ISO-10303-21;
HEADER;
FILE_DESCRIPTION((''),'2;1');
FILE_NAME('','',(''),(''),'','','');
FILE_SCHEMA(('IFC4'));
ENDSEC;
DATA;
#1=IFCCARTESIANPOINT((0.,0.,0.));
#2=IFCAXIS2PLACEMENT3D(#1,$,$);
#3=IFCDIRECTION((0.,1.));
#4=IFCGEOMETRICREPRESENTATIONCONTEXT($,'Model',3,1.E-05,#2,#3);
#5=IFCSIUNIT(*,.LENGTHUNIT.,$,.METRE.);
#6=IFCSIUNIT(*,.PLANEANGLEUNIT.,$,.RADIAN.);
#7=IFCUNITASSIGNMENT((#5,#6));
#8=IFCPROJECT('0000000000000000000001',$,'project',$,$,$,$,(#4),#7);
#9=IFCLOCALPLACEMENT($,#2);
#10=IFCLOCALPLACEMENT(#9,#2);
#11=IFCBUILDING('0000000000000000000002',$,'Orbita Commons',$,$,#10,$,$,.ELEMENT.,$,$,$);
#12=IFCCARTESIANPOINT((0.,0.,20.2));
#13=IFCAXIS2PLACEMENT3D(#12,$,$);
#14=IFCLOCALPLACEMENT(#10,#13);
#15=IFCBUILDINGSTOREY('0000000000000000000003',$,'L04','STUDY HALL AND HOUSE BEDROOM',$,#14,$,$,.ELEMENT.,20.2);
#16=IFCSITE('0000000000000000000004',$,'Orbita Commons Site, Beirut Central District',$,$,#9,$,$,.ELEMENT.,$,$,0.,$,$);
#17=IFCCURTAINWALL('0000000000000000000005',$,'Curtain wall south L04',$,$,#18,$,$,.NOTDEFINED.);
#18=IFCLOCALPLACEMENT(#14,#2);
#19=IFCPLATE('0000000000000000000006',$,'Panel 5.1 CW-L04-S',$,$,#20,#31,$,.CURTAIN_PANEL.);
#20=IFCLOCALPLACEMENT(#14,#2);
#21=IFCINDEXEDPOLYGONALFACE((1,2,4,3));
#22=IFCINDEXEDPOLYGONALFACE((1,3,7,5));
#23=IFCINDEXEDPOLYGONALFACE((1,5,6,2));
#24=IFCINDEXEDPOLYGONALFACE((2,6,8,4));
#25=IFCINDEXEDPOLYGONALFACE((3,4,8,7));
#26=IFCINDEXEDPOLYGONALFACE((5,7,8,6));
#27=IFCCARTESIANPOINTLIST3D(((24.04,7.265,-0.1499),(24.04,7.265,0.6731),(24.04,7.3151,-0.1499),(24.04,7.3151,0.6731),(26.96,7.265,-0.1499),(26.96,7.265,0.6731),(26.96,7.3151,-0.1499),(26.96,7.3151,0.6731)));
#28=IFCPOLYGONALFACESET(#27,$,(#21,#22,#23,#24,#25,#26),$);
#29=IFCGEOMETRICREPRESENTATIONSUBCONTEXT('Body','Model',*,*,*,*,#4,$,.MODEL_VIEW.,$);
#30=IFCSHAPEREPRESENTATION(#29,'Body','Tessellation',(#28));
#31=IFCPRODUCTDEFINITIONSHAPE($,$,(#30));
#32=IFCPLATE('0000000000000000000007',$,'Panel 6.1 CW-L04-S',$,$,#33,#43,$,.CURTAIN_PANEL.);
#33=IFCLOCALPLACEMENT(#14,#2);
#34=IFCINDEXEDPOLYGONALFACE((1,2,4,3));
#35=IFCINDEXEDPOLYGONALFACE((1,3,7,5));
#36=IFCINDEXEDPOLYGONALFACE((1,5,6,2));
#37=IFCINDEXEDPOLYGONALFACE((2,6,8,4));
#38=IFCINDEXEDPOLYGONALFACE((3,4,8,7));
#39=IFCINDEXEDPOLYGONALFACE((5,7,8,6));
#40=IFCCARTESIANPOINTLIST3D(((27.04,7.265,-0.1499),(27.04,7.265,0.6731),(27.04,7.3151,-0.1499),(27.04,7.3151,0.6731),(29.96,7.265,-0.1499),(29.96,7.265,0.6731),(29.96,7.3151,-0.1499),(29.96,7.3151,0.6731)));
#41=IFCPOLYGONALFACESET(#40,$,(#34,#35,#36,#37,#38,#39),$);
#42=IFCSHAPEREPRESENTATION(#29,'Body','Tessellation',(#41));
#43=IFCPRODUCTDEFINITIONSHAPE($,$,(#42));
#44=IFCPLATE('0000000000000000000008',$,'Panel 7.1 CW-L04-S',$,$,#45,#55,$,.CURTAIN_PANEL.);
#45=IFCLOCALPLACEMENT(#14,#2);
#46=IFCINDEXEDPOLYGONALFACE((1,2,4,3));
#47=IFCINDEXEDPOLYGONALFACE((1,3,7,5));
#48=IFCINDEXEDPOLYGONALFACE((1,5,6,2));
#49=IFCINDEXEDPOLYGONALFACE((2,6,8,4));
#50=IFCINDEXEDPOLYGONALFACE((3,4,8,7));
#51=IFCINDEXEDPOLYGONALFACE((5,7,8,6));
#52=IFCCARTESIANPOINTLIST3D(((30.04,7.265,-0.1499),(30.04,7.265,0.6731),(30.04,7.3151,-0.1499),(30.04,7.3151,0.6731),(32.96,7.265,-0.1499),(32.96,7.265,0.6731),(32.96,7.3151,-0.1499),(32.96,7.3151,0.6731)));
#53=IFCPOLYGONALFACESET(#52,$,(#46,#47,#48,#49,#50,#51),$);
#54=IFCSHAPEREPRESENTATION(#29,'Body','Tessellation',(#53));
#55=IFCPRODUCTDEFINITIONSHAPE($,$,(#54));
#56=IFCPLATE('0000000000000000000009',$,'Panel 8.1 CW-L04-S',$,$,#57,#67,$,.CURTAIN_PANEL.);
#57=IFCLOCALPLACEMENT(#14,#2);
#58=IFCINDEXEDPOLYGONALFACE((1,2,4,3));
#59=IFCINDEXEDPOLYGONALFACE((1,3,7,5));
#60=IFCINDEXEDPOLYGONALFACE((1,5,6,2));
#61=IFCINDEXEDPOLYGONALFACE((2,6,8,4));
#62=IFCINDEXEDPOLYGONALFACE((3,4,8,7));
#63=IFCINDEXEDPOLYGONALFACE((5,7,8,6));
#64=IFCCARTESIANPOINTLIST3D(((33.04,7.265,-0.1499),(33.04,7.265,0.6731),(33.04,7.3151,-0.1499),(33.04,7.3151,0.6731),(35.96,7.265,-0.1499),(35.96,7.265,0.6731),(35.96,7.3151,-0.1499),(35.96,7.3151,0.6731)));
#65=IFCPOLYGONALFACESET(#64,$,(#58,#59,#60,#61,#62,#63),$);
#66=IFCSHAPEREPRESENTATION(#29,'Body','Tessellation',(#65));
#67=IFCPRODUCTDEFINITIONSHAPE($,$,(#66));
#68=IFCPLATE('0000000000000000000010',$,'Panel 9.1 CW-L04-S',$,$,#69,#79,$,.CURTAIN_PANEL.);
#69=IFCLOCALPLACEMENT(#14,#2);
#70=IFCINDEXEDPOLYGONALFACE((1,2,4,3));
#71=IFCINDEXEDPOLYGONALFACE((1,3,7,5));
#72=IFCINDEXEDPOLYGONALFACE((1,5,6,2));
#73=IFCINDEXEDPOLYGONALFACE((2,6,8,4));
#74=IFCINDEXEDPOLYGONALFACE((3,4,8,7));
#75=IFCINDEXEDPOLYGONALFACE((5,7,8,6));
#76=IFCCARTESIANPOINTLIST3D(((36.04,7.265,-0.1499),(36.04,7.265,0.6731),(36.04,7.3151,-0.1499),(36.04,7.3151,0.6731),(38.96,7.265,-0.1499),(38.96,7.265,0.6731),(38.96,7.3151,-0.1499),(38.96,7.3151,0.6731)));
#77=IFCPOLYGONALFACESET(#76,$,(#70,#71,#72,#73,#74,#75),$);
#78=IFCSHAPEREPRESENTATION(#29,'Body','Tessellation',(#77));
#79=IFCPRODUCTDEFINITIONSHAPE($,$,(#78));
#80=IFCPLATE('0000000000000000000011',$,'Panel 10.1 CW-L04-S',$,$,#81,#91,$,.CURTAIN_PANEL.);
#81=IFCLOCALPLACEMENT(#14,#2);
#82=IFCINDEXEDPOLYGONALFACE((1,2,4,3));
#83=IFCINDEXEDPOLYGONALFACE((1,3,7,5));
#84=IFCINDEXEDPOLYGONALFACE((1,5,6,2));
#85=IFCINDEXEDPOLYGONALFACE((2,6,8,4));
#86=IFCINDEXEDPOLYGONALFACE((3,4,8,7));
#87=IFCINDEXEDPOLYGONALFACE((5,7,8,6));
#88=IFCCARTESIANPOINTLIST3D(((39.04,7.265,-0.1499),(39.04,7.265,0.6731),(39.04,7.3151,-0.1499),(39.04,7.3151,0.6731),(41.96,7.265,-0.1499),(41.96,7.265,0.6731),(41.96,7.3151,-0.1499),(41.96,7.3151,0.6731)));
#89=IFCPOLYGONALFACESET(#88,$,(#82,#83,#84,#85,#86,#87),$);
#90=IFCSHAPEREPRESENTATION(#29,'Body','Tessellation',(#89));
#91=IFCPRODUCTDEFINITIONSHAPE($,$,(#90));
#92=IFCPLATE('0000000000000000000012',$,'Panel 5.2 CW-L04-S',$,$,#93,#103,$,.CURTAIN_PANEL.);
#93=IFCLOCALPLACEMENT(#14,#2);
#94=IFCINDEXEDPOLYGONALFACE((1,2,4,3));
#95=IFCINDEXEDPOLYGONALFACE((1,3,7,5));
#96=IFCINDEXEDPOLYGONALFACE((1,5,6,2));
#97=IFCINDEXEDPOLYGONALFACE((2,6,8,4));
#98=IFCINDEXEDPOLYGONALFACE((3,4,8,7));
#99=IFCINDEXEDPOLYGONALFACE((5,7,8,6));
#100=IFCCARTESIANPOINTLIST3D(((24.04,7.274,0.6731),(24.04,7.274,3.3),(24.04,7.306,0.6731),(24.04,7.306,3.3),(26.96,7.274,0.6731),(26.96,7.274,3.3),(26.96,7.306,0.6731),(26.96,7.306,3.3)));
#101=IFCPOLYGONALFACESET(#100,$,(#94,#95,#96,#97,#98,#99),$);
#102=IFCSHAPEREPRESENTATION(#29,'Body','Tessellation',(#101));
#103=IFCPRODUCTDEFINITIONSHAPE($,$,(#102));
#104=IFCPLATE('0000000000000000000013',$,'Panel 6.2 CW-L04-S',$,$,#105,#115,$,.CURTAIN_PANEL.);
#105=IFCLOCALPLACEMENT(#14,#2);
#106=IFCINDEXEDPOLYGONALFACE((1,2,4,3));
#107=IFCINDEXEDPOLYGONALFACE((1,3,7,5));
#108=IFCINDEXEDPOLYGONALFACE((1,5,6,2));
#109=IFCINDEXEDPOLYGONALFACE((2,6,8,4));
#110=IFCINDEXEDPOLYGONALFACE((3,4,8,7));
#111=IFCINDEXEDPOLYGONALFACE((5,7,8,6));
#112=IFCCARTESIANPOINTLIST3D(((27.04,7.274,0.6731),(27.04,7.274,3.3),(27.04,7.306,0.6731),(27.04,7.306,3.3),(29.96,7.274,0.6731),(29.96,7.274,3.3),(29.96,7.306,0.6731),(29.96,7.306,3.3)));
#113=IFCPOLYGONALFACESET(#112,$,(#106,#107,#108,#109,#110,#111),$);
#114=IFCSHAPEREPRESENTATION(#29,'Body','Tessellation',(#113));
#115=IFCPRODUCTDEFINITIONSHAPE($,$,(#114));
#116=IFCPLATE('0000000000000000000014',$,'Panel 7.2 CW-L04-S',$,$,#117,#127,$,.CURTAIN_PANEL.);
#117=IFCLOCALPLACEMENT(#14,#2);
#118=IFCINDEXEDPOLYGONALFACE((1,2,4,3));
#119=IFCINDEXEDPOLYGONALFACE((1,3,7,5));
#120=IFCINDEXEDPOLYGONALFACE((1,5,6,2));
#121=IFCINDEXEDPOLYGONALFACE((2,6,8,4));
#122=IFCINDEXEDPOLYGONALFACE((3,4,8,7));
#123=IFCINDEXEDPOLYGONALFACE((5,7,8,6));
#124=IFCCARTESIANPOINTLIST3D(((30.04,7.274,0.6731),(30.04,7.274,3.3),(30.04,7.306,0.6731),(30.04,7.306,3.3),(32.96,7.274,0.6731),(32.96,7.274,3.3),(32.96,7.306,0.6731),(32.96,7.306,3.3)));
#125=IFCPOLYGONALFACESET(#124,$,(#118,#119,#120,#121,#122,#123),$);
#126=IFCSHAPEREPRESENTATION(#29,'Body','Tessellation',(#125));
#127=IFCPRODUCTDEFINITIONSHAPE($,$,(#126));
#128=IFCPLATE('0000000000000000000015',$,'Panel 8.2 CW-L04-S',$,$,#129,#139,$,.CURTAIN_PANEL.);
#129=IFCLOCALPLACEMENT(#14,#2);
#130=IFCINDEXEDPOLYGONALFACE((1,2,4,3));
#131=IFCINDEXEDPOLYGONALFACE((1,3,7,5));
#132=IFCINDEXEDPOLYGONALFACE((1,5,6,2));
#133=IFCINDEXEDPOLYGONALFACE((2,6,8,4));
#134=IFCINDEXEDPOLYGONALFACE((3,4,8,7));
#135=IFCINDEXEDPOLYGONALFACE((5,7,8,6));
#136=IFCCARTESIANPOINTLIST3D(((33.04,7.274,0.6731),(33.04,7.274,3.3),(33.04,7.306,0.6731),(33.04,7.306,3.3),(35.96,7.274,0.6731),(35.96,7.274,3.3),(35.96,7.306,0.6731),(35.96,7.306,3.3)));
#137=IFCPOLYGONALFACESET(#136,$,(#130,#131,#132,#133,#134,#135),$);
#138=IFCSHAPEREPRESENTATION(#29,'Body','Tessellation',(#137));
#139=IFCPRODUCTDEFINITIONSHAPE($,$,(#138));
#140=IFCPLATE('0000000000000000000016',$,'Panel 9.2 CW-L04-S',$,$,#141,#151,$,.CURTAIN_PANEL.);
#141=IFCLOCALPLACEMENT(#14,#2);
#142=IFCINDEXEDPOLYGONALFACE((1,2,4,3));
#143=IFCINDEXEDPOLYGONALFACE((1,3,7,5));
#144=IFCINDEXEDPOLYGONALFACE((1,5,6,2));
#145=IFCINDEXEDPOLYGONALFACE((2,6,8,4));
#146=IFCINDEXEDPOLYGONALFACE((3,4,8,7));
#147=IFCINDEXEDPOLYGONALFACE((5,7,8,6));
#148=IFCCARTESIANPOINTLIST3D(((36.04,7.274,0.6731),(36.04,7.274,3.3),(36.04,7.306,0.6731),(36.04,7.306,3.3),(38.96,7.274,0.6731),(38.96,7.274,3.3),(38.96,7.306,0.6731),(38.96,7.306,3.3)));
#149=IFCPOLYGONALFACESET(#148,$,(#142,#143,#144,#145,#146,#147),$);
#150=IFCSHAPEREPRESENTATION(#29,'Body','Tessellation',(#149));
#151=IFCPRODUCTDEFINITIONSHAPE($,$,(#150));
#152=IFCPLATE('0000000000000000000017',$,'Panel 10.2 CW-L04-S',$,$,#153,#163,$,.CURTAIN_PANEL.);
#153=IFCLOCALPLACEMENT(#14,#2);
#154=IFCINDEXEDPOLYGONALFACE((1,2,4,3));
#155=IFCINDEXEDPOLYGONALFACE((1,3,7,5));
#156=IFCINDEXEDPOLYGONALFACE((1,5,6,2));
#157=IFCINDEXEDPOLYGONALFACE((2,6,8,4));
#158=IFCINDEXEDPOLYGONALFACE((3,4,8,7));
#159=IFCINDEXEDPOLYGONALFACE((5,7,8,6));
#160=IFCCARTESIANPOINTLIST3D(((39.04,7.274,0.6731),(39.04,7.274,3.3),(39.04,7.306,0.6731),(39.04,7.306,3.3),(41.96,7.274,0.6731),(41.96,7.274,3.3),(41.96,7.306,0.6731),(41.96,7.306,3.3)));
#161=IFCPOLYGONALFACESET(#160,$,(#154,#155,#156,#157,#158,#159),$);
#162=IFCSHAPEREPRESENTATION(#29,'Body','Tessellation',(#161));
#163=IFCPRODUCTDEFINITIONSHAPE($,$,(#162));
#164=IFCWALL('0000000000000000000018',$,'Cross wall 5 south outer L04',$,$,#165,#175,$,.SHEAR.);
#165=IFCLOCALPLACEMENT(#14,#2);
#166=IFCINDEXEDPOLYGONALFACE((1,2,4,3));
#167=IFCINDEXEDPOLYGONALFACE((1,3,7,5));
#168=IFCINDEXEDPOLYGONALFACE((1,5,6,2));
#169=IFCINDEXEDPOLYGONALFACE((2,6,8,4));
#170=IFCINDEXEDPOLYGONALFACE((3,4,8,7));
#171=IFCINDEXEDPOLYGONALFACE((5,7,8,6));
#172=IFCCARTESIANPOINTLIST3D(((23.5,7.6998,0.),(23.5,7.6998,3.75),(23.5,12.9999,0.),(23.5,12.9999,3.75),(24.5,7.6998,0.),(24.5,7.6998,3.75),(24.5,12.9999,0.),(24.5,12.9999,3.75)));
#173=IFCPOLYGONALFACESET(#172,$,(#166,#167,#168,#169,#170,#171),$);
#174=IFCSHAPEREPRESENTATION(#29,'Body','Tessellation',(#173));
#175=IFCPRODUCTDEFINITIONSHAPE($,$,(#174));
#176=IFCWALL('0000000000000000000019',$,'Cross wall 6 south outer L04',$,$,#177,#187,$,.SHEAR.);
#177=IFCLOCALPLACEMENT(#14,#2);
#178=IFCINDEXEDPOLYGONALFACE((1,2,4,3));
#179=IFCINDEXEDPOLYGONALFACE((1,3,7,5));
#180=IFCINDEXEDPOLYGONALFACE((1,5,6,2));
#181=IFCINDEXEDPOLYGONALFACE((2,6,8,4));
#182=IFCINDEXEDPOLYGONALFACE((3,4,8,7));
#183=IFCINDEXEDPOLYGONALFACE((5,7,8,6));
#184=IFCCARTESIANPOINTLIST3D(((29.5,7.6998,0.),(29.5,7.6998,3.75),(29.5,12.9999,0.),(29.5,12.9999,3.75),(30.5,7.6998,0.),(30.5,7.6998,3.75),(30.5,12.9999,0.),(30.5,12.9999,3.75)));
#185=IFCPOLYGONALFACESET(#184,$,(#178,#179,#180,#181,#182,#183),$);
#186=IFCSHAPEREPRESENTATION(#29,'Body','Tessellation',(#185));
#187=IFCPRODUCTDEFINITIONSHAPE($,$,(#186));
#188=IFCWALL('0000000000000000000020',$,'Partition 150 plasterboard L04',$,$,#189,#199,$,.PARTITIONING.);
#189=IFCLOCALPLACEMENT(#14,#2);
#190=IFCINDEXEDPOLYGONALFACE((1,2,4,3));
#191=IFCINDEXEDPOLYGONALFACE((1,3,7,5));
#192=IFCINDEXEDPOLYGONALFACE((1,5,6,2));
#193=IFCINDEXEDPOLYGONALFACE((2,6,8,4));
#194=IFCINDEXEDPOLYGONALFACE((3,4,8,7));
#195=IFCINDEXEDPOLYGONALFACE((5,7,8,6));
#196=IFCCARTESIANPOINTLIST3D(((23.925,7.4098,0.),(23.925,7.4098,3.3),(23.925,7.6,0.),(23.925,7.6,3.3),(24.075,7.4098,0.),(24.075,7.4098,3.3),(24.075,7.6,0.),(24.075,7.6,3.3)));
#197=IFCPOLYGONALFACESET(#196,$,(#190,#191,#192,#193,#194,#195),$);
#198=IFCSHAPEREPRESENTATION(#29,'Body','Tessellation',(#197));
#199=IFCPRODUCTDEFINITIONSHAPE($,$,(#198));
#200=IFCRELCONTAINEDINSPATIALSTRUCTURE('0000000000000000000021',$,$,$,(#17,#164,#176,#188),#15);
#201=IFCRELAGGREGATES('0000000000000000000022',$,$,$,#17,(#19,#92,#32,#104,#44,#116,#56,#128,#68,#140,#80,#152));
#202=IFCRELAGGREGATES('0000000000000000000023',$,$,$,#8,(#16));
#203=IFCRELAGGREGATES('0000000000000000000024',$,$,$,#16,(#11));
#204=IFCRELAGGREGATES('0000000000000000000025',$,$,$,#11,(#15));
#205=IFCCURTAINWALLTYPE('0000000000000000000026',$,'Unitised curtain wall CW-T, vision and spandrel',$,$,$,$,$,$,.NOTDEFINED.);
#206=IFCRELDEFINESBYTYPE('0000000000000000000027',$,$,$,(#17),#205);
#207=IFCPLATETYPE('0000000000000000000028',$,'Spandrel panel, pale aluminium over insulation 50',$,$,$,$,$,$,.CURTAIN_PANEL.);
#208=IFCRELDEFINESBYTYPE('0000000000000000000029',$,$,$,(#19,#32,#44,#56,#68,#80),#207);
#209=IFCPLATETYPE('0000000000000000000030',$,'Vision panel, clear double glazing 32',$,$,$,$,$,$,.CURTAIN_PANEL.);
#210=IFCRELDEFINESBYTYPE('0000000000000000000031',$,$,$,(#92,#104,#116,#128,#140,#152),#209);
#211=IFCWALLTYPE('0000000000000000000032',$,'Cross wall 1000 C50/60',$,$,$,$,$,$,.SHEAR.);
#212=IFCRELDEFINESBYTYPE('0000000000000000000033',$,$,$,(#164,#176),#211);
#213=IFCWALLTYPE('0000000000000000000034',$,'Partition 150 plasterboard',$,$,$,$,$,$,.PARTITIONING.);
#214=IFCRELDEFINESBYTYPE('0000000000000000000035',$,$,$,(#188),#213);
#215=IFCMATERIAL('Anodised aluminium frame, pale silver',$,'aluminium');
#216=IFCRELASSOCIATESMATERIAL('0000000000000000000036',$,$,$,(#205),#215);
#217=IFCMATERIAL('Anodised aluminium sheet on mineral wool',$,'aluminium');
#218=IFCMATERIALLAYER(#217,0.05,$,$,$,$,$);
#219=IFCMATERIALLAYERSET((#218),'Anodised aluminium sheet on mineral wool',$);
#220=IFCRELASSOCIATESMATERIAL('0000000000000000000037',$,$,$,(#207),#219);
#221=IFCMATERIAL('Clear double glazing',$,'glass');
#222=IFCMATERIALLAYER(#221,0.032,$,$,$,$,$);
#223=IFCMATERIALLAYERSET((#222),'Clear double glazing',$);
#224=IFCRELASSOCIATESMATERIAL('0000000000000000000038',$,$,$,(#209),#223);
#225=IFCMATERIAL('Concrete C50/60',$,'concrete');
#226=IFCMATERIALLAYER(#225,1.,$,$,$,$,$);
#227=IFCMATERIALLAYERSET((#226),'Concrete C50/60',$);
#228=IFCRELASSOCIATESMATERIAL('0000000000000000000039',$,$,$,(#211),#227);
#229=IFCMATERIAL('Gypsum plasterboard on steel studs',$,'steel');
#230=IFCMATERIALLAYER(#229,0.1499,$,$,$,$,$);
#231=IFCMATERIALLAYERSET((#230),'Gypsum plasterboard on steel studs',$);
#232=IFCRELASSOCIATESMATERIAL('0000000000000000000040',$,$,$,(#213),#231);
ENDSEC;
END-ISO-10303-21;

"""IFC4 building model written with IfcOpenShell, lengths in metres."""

from ifc_helpers import new_model, si_unit, direction, frame, frame_2d, origin, origin_2d, place, context, subcontext, project, spatial, rectangle, extrude, material, layer, layer_set, type_object, element, aggregate, save


model = new_model("IFC4")

# Units and contexts
model_context = context("Model", 3, precision=1e-05, world=origin(), true_north=direction((0.0, 1.0)))
body_context = subcontext(model_context, "Body", "Model", "MODEL_VIEW")
ifc_project = project(units=[si_unit("LENGTHUNIT", "METRE"), si_unit("PLANEANGLEUNIT", "RADIAN")], contexts=[model_context])

# Site, building, storey
site_placement = place(None, origin())
site = spatial("IfcSite", under=ifc_project, at=site_placement, Name="Orbita Commons Site, Beirut Central District", CompositionType="ELEMENT", RefElevation=0.0)
building_placement = place(site_placement, origin())
building = spatial("IfcBuilding", under=site, at=building_placement, Name="Orbita Commons", CompositionType="ELEMENT")
storey_placement = place(building_placement, frame((0.0, 0.0, 20.2)))
storey = spatial("IfcBuildingStorey", under=building, at=storey_placement, Name="L04", Description="STUDY HALL AND HOUSE BEDROOM", CompositionType="ELEMENT", Elevation=20.2)

# Curtain wall, plates
ifc_material_1 = material(Name="Anodised aluminium frame, pale silver", Category="aluminium")
curtain_wall_type = type_object("IfcCurtainWallType", Name="Unitised curtain wall CW-T, vision and spandrel", PredefinedType="NOTDEFINED", material=ifc_material_1)
curtain_wall_placement = place(storey_placement, origin())
curtain_wall = element("IfcCurtainWall", 1, at=curtain_wall_placement, inside=storey, type_object=curtain_wall_type, Name="Curtain wall south L04", PredefinedType="NOTDEFINED")
ifc_material_2 = material(Name="Anodised aluminium sheet on mineral wool", Category="aluminium")
ifc_layer_1 = layer(ifc_material_2, 0.05)
ifc_layer_set_1 = layer_set([ifc_layer_1], Name="Anodised aluminium sheet on mineral wool")
plate_type_1 = type_object("IfcPlateType", Name="Spandrel panel, pale aluminium over insulation 50", PredefinedType="CURTAIN_PANEL", material=ifc_layer_set_1)
plate_1_placement = place(storey_placement, frame((25.5, 7.29, -0.1499), z_axis=(0.0, 0.0, 1.0), x_axis=(1.0, 0.0, 0.0)))
plate_1 = element("IfcPlate", 2, at=plate_1_placement, type_object=plate_type_1, Name="Panel 5.1 CW-L04-S", PredefinedType="CURTAIN_PANEL", context=body_context, shape_type="SweptSolid", body=[
    extrude(rectangle(XDim=2.9199, YDim=0.05, at=origin_2d()), origin(), (0.0, 0.0, 1.0), 0.823),
])
plate_2_placement = place(storey_placement, frame((28.5, 7.29, -0.1499), z_axis=(0.0, 0.0, 1.0), x_axis=(1.0, 0.0, 0.0)))
plate_2 = element("IfcPlate", 3, at=plate_2_placement, type_object=plate_type_1, Name="Panel 6.1 CW-L04-S", PredefinedType="CURTAIN_PANEL", context=body_context, shape_type="SweptSolid", body=[
    extrude(rectangle(XDim=2.9199, YDim=0.05, at=origin_2d()), origin(), (0.0, 0.0, 1.0), 0.823),
])
plate_3_placement = place(storey_placement, frame((31.5, 7.29, -0.1499), z_axis=(0.0, 0.0, 1.0), x_axis=(1.0, 0.0, 0.0)))
plate_3 = element("IfcPlate", 4, at=plate_3_placement, type_object=plate_type_1, Name="Panel 7.1 CW-L04-S", PredefinedType="CURTAIN_PANEL", context=body_context, shape_type="SweptSolid", body=[
    extrude(rectangle(XDim=2.9199, YDim=0.05, at=origin_2d()), origin(), (0.0, 0.0, 1.0), 0.823),
])
plate_4_placement = place(storey_placement, frame((34.5, 7.29, -0.1499), z_axis=(0.0, 0.0, 1.0), x_axis=(1.0, 0.0, 0.0)))
plate_4 = element("IfcPlate", 5, at=plate_4_placement, type_object=plate_type_1, Name="Panel 8.1 CW-L04-S", PredefinedType="CURTAIN_PANEL", context=body_context, shape_type="SweptSolid", body=[
    extrude(rectangle(XDim=2.9199, YDim=0.05, at=origin_2d()), origin(), (0.0, 0.0, 1.0), 0.823),
])
plate_5_placement = place(storey_placement, frame((37.5, 7.29, -0.1499), z_axis=(0.0, 0.0, 1.0), x_axis=(1.0, 0.0, 0.0)))
plate_5 = element("IfcPlate", 6, at=plate_5_placement, type_object=plate_type_1, Name="Panel 9.1 CW-L04-S", PredefinedType="CURTAIN_PANEL", context=body_context, shape_type="SweptSolid", body=[
    extrude(rectangle(XDim=2.9199, YDim=0.05, at=origin_2d()), origin(), (0.0, 0.0, 1.0), 0.823),
])
plate_6_placement = place(storey_placement, frame((40.5, 7.29, -0.1499), z_axis=(0.0, 0.0, 1.0), x_axis=(1.0, 0.0, 0.0)))
plate_6 = element("IfcPlate", 7, at=plate_6_placement, type_object=plate_type_1, Name="Panel 10.1 CW-L04-S", PredefinedType="CURTAIN_PANEL", context=body_context, shape_type="SweptSolid", body=[
    extrude(rectangle(XDim=2.9199, YDim=0.05, at=origin_2d()), origin(), (0.0, 0.0, 1.0), 0.823),
])
ifc_material_3 = material(Name="Clear double glazing", Category="glass")
ifc_layer_2 = layer(ifc_material_3, 0.032)
ifc_layer_set_2 = layer_set([ifc_layer_2], Name="Clear double glazing")
plate_type_2 = type_object("IfcPlateType", Name="Vision panel, clear double glazing 32", PredefinedType="CURTAIN_PANEL", material=ifc_layer_set_2)
plate_7_placement = place(storey_placement, frame((25.5, 7.29, 0.6731), z_axis=(0.0, 0.0, 1.0), x_axis=(1.0, 0.0, 0.0)))
plate_7 = element("IfcPlate", 8, at=plate_7_placement, type_object=plate_type_2, Name="Panel 5.2 CW-L04-S", PredefinedType="CURTAIN_PANEL", context=body_context, shape_type="SweptSolid", body=[
    extrude(rectangle(XDim=2.9199, YDim=0.032, at=origin_2d()), origin(), (0.0, 0.0, 1.0), 2.627),
])
plate_8_placement = place(storey_placement, frame((28.5, 7.29, 0.6731), z_axis=(0.0, 0.0, 1.0), x_axis=(1.0, 0.0, 0.0)))
plate_8 = element("IfcPlate", 9, at=plate_8_placement, type_object=plate_type_2, Name="Panel 6.2 CW-L04-S", PredefinedType="CURTAIN_PANEL", context=body_context, shape_type="SweptSolid", body=[
    extrude(rectangle(XDim=2.9199, YDim=0.032, at=origin_2d()), origin(), (0.0, 0.0, 1.0), 2.627),
])
plate_9_placement = place(storey_placement, frame((31.5, 7.29, 0.6731), z_axis=(0.0, 0.0, 1.0), x_axis=(1.0, 0.0, 0.0)))
plate_9 = element("IfcPlate", 10, at=plate_9_placement, type_object=plate_type_2, Name="Panel 7.2 CW-L04-S", PredefinedType="CURTAIN_PANEL", context=body_context, shape_type="SweptSolid", body=[
    extrude(rectangle(XDim=2.9199, YDim=0.032, at=origin_2d()), origin(), (0.0, 0.0, 1.0), 2.627),
])
plate_10_placement = place(storey_placement, frame((34.5, 7.29, 0.6731), z_axis=(0.0, 0.0, 1.0), x_axis=(1.0, 0.0, 0.0)))
plate_10 = element("IfcPlate", 11, at=plate_10_placement, type_object=plate_type_2, Name="Panel 8.2 CW-L04-S", PredefinedType="CURTAIN_PANEL", context=body_context, shape_type="SweptSolid", body=[
    extrude(rectangle(XDim=2.9199, YDim=0.032, at=origin_2d()), origin(), (0.0, 0.0, 1.0), 2.627),
])
plate_11_placement = place(storey_placement, frame((37.5, 7.29, 0.6731), z_axis=(0.0, 0.0, 1.0), x_axis=(1.0, 0.0, 0.0)))
plate_11 = element("IfcPlate", 12, at=plate_11_placement, type_object=plate_type_2, Name="Panel 9.2 CW-L04-S", PredefinedType="CURTAIN_PANEL", context=body_context, shape_type="SweptSolid", body=[
    extrude(rectangle(XDim=2.9199, YDim=0.032, at=origin_2d()), origin(), (0.0, 0.0, 1.0), 2.627),
])
plate_12_placement = place(storey_placement, frame((40.5, 7.29, 0.6731), z_axis=(0.0, 0.0, 1.0), x_axis=(1.0, 0.0, 0.0)))
plate_12 = element("IfcPlate", 13, at=plate_12_placement, type_object=plate_type_2, Name="Panel 10.2 CW-L04-S", PredefinedType="CURTAIN_PANEL", context=body_context, shape_type="SweptSolid", body=[
    extrude(rectangle(XDim=2.9199, YDim=0.032, at=origin_2d()), origin(), (0.0, 0.0, 1.0), 2.627),
])
aggregate(curtain_wall, [plate_1, plate_7, plate_2, plate_8, plate_3, plate_9, plate_4, plate_10, plate_5, plate_11, plate_6, plate_12])

# Walls
ifc_material_4 = material(Name="Concrete C50/60", Category="concrete")
ifc_layer_3 = layer(ifc_material_4, 1.0)
ifc_layer_set_3 = layer_set([ifc_layer_3], Name="Concrete C50/60")
wall_type_1 = type_object("IfcWallType", Name="Cross wall 1000 C50/60", PredefinedType="SHEAR", material=ifc_layer_set_3)
for number, where, z_axis, x_axis, name in (
    (14, (24.0, 7.7, 0.0), (0.0, 0.0, 1.0), (0.0, 1.0, 0.0), "Cross wall 5 south outer L04"),
    (15, (30.0, 7.7, 0.0), (0.0, 0.0, 1.0), (0.0, 1.0, 0.0), "Cross wall 6 south outer L04"),
):
    element("IfcWall", number, at=place(storey_placement, frame(where, z_axis=z_axis, x_axis=x_axis)), inside=storey, type_object=wall_type_1, Name=name, PredefinedType="SHEAR", context=body_context, shape_type="SweptSolid", body=[
        extrude(rectangle(XDim=5.3, YDim=1.0, at=frame_2d((2.6499, 0.0))), origin(), (0.0, 0.0, 1.0), 3.75),
    ])
ifc_material_5 = material(Name="Gypsum plasterboard on steel studs", Category="steel")
ifc_layer_4 = layer(ifc_material_5, 0.1499)
ifc_layer_set_4 = layer_set([ifc_layer_4], Name="Gypsum plasterboard on steel studs")
wall_type_2 = type_object("IfcWallType", Name="Partition 150 plasterboard", PredefinedType="PARTITIONING", material=ifc_layer_set_4)
for number, where, z_axis, x_axis, name in (
    (16, (24.0, 7.6001, 0.0), (0.0, 0.0, 1.0), (0.0, -1.0, 0.0), "Partition 150 plasterboard L04"),
):
    element("IfcWall", number, at=place(storey_placement, frame(where, z_axis=z_axis, x_axis=x_axis)), inside=storey, type_object=wall_type_2, Name=name, PredefinedType="PARTITIONING", context=body_context, shape_type="SweptSolid", body=[
        extrude(rectangle(XDim=0.1902, YDim=0.1499, at=frame_2d((0.0952, 0.0))), origin(), (0.0, 0.0, 1.0), 3.3),
    ])

save(model, "model.ifc")
